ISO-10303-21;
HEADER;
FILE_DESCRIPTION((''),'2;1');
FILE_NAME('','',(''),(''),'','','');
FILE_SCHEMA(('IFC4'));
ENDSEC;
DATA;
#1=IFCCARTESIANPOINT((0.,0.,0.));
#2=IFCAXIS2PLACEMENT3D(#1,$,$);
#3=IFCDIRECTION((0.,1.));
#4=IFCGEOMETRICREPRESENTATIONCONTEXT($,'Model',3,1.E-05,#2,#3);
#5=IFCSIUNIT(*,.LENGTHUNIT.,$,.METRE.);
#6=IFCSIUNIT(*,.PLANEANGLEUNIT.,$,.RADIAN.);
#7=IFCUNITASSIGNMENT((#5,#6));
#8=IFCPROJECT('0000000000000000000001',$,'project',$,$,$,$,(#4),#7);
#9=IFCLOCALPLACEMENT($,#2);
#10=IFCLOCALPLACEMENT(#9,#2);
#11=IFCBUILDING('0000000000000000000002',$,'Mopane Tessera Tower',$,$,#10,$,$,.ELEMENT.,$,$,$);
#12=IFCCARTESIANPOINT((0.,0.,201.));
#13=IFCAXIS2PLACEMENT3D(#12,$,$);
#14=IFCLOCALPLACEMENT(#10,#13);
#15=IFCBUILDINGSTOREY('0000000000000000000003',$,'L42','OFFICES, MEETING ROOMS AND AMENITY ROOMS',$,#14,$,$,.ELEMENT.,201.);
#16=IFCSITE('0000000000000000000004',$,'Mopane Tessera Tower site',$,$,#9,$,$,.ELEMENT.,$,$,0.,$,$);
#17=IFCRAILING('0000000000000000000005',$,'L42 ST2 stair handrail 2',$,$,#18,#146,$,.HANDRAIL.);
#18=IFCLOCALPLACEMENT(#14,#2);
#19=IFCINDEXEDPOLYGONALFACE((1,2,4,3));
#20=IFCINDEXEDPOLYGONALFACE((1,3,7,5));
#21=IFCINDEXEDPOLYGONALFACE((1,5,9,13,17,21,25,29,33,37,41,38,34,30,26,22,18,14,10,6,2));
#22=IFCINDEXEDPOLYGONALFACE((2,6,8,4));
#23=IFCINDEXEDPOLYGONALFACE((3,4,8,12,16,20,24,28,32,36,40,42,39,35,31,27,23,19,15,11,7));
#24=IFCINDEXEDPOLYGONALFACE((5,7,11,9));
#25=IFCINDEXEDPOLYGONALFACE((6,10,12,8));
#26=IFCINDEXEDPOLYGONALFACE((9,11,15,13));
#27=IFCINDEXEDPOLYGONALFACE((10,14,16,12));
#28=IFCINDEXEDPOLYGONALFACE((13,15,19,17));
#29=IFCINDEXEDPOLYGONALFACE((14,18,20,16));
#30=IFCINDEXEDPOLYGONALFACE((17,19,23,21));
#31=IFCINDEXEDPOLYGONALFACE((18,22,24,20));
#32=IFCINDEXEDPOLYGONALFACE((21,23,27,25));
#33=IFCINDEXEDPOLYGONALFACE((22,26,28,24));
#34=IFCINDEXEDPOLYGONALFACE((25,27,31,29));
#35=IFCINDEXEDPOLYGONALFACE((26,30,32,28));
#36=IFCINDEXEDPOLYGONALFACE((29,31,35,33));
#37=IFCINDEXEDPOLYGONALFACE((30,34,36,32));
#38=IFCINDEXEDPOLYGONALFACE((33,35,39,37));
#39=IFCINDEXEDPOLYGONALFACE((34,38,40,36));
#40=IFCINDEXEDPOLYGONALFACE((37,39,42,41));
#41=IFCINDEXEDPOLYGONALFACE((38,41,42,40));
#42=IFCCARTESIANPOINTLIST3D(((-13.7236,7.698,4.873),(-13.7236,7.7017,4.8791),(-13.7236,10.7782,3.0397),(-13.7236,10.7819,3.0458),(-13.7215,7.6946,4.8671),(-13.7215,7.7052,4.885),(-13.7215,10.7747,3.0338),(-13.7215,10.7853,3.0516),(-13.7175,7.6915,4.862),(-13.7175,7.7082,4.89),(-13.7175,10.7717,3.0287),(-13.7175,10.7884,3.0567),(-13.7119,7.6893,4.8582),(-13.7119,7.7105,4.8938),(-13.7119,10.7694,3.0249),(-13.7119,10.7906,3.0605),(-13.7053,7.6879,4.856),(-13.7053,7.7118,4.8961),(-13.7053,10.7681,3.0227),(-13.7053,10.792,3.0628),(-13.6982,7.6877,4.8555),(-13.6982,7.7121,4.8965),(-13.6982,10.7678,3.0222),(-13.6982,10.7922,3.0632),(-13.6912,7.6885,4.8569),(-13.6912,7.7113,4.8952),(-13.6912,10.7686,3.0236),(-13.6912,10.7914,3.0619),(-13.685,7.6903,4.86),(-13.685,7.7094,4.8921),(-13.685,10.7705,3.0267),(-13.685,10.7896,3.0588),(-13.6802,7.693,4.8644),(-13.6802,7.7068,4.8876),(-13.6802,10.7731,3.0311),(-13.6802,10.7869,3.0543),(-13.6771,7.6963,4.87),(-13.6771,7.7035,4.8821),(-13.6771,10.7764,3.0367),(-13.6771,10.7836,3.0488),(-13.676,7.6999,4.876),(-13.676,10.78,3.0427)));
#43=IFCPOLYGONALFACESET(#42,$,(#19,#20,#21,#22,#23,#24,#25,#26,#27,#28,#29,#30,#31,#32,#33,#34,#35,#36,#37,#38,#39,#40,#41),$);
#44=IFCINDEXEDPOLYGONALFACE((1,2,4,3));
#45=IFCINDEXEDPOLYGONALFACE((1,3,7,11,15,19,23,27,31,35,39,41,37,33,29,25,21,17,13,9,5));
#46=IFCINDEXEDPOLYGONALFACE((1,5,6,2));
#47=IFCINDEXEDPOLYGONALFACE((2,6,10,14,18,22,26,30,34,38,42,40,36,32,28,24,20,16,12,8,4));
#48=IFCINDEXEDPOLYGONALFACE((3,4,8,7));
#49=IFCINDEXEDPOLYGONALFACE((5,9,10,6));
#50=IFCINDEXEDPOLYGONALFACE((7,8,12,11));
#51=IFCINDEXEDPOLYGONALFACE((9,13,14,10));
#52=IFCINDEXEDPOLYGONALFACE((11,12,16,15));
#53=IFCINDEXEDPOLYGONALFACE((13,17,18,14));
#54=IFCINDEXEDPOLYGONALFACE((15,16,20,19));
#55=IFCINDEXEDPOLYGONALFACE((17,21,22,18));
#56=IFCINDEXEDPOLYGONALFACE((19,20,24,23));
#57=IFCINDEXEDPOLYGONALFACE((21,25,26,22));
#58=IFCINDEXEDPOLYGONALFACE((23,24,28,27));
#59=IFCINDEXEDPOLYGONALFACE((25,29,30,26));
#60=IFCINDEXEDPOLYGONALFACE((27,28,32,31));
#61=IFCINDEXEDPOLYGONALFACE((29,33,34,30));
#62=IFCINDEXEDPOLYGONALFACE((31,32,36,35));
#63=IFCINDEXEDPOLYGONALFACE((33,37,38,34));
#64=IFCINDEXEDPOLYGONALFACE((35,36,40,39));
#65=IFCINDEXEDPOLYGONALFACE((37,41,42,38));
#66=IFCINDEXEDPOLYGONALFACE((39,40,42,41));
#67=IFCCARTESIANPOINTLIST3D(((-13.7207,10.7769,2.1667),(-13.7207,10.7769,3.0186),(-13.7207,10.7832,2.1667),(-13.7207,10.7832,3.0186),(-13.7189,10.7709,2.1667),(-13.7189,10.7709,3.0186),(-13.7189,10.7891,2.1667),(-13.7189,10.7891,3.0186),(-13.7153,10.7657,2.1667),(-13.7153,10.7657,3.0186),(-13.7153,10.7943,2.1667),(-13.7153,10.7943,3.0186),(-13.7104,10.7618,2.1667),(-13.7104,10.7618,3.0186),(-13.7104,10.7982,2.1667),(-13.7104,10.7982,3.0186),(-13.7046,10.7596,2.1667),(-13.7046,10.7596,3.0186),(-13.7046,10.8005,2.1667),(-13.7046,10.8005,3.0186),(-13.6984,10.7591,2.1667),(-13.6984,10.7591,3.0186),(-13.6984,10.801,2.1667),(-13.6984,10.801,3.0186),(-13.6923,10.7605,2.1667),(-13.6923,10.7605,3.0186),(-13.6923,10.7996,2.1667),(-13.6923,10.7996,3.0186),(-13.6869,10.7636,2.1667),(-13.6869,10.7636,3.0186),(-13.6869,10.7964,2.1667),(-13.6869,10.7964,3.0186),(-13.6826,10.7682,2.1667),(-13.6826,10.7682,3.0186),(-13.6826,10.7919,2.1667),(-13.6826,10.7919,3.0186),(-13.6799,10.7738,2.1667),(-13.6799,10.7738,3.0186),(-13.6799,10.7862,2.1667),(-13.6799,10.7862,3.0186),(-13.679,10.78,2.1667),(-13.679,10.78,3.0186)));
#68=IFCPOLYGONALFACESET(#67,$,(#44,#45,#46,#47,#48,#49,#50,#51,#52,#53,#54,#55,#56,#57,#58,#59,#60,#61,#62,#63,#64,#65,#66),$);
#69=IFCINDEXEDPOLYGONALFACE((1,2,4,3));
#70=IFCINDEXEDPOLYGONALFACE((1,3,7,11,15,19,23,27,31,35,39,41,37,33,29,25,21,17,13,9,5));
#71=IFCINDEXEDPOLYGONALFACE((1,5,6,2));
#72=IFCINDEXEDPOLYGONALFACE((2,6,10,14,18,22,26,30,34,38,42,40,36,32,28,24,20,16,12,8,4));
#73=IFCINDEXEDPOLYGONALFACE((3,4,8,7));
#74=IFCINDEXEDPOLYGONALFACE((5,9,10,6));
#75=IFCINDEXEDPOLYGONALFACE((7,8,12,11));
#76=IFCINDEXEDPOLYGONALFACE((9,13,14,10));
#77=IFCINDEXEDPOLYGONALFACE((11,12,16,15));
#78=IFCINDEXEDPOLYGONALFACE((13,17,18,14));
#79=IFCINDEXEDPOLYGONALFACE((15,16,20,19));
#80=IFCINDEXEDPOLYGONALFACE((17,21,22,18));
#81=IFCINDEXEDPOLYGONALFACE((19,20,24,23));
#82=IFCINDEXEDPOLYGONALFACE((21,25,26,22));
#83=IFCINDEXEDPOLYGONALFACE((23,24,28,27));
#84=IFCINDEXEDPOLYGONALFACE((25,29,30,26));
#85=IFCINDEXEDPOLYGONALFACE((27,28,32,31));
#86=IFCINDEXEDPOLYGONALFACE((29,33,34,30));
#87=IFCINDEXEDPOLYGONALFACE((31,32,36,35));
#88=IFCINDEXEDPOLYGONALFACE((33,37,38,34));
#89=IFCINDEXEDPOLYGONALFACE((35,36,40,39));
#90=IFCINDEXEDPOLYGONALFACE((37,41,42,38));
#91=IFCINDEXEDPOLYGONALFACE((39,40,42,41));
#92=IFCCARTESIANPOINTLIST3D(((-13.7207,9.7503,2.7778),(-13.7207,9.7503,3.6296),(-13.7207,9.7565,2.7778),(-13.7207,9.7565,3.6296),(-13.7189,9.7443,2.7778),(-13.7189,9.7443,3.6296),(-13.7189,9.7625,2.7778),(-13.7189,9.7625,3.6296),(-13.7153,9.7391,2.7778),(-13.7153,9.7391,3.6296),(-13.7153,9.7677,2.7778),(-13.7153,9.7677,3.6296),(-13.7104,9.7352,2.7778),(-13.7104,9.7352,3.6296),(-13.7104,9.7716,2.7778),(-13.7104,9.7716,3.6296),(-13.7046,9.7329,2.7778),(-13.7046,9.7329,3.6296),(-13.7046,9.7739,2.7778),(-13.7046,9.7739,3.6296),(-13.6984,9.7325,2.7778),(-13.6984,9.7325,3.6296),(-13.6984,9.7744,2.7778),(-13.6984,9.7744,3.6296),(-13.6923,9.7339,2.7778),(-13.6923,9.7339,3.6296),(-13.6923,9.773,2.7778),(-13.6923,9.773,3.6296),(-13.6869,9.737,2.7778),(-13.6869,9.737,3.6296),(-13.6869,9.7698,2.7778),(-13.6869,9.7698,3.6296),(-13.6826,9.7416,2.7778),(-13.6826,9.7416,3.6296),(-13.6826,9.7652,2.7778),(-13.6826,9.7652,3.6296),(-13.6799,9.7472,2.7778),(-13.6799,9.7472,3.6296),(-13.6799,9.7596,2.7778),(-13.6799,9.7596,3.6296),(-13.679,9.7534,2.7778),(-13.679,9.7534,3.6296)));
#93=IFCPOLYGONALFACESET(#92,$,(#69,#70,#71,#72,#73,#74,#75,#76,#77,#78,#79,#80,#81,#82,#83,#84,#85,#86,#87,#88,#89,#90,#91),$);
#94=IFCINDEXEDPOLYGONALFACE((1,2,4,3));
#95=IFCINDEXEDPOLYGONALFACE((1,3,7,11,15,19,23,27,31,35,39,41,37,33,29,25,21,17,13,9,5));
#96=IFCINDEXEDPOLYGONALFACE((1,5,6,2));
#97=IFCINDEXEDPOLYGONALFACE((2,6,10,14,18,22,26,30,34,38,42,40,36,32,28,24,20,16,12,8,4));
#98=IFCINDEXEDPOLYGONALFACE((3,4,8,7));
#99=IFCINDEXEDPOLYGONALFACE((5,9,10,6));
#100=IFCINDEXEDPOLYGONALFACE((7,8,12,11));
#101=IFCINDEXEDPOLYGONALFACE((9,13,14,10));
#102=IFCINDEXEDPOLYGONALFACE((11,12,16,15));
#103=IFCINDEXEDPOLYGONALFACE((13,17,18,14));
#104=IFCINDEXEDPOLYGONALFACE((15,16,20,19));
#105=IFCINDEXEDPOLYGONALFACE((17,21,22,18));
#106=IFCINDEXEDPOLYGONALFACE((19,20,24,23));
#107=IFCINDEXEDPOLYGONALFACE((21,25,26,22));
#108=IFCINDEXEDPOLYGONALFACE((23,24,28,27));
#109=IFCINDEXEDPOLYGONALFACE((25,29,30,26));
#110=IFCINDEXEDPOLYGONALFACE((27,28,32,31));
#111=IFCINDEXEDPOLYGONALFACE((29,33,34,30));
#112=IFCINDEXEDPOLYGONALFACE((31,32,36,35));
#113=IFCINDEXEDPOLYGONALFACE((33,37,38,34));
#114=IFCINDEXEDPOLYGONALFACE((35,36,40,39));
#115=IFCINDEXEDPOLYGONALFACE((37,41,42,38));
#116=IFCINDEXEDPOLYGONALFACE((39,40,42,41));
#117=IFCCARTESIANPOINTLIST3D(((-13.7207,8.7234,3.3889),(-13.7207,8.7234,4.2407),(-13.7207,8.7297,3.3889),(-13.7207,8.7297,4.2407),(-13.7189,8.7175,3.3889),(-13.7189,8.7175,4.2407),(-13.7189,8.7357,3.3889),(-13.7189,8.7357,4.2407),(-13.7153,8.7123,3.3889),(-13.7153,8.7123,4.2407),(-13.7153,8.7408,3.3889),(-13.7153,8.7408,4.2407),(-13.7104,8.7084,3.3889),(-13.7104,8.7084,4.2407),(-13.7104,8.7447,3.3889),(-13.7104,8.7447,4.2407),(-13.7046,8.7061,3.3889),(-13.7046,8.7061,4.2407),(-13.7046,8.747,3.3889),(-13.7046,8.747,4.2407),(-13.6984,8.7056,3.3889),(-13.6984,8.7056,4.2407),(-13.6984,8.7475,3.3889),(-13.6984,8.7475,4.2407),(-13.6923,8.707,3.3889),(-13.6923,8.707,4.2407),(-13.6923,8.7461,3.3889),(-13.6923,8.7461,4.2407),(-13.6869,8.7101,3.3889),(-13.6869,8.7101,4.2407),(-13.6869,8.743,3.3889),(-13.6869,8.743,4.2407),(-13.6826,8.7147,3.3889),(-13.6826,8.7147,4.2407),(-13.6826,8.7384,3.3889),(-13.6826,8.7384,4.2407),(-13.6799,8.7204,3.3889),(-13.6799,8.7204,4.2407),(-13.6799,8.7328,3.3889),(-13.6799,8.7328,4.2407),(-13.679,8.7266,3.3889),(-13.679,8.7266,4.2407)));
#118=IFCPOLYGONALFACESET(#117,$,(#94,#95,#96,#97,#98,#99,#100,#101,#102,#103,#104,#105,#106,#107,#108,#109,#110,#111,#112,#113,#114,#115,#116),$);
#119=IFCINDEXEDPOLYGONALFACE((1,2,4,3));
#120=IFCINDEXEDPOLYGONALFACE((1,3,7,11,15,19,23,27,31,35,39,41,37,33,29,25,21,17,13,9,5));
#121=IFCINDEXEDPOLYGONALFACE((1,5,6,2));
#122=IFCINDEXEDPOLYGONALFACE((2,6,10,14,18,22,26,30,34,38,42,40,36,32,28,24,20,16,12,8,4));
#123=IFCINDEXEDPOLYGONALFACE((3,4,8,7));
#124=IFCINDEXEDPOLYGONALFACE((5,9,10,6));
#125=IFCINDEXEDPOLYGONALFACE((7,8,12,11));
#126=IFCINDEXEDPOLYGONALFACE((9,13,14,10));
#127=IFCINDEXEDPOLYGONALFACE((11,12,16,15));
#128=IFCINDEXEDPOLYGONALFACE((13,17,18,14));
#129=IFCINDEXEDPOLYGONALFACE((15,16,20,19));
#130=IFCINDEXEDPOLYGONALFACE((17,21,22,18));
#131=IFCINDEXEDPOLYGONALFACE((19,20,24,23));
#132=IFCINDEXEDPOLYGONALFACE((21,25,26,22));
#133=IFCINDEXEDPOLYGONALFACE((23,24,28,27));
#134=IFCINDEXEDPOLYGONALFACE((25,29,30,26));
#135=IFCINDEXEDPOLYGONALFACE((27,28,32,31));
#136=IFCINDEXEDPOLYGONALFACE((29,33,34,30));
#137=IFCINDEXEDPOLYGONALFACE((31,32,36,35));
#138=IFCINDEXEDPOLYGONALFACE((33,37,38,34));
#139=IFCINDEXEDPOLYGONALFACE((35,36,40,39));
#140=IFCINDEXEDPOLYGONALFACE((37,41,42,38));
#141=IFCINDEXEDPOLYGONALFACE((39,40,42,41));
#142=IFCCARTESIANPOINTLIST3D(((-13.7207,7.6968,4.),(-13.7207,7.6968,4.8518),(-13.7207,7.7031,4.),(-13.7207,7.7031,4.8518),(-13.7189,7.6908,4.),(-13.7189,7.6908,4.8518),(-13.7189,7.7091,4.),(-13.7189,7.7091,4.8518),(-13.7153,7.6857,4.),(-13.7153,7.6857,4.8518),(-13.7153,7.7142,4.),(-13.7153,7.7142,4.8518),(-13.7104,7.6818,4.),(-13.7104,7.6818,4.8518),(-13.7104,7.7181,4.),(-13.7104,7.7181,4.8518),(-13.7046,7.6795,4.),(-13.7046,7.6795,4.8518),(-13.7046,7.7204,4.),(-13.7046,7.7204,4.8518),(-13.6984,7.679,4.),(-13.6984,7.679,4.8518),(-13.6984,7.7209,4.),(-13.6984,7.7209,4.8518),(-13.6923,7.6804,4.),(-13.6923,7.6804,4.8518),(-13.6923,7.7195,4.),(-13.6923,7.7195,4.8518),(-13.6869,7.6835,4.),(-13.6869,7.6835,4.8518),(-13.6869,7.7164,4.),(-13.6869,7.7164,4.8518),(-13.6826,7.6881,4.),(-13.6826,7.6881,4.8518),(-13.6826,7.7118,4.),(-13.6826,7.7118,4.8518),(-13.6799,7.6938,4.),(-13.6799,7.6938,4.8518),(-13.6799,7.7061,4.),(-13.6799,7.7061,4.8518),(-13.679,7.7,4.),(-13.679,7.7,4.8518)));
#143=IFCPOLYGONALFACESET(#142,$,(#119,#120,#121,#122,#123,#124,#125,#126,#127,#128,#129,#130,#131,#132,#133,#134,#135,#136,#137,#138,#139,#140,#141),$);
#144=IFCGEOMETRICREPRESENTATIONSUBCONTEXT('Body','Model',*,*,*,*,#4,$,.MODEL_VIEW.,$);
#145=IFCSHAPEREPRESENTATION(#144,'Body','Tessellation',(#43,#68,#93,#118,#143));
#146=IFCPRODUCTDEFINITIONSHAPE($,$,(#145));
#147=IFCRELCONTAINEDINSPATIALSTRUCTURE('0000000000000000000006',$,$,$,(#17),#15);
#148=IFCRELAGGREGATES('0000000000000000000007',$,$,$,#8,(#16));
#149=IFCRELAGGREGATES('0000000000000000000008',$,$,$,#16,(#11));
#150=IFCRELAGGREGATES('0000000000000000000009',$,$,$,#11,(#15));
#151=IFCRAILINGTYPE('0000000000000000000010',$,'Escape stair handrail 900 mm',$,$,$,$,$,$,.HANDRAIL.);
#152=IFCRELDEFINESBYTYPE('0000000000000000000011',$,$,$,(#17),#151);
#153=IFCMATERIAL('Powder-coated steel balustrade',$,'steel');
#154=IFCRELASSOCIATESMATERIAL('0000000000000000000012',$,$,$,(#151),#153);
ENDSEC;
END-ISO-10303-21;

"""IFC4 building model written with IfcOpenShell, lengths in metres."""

from ifc_helpers import new_model, si_unit, direction, frame, origin, origin_2d, place, context, subcontext, project, spatial, circle, extrude, material, type_object, element, save


model = new_model("IFC4")

# Units and contexts
model_context = context("Model", 3, precision=1e-05, world=origin(), true_north=direction((0.0, 1.0)))
body_context = subcontext(model_context, "Body", "Model", "MODEL_VIEW")
ifc_project = project(units=[si_unit("LENGTHUNIT", "METRE"), si_unit("PLANEANGLEUNIT", "RADIAN")], contexts=[model_context])

# Site, building, storey
site_placement = place(None, origin())
site = spatial("IfcSite", under=ifc_project, at=site_placement, Name="Mopane Tessera Tower site", CompositionType="ELEMENT", RefElevation=0.0)
building_placement = place(site_placement, origin())
building = spatial("IfcBuilding", under=site, at=building_placement, Name="Mopane Tessera Tower", CompositionType="ELEMENT")
storey_placement = place(building_placement, frame((0.0, 0.0, 201.0)))
storey = spatial("IfcBuildingStorey", under=building, at=storey_placement, Name="L42", Description="OFFICES, MEETING ROOMS AND AMENITY ROOMS", CompositionType="ELEMENT", Elevation=201.0)

# Railing
ifc_material_1 = material(Name="Powder-coated steel balustrade", Category="steel")
railing_type_1 = type_object("IfcRailingType", Name="Escape stair handrail 900 mm", PredefinedType="HANDRAIL", material=ifc_material_1)
railing_1_placement = place(storey_placement, frame((-13.7, 10.78, 2.1667)))
element("IfcRailing", 1, at=railing_1_placement, inside=storey, type_object=railing_type_1, Name="L42 ST2 stair handrail 2", PredefinedType="HANDRAIL", context=body_context, shape_type="SweptSolid", body=[
    extrude(circle(Radius=0.0239, at=origin_2d()), frame((0.0, 0.0, 0.876), z_axis=(0.0, -0.859309, 0.511458), x_axis=(1.0, 0.0, 0.0)), (0.0, 0.0, 1.0), 3.5845),
    extrude(circle(Radius=0.021, at=origin_2d()), origin(), (0.0, 0.0, 1.0), 0.8518),
    extrude(circle(Radius=0.021, at=origin_2d()), frame((0.0, -1.0266, 0.6111)), (0.0, 0.0, 1.0), 0.8518),
    extrude(circle(Radius=0.021, at=origin_2d()), frame((0.0, -2.0535, 1.2222)), (0.0, 0.0, 1.0), 0.8518),
    extrude(circle(Radius=0.021, at=origin_2d()), frame((0.0, -3.0801, 1.8333)), (0.0, 0.0, 1.0), 0.8518),
])

save(model, "model.ifc")
